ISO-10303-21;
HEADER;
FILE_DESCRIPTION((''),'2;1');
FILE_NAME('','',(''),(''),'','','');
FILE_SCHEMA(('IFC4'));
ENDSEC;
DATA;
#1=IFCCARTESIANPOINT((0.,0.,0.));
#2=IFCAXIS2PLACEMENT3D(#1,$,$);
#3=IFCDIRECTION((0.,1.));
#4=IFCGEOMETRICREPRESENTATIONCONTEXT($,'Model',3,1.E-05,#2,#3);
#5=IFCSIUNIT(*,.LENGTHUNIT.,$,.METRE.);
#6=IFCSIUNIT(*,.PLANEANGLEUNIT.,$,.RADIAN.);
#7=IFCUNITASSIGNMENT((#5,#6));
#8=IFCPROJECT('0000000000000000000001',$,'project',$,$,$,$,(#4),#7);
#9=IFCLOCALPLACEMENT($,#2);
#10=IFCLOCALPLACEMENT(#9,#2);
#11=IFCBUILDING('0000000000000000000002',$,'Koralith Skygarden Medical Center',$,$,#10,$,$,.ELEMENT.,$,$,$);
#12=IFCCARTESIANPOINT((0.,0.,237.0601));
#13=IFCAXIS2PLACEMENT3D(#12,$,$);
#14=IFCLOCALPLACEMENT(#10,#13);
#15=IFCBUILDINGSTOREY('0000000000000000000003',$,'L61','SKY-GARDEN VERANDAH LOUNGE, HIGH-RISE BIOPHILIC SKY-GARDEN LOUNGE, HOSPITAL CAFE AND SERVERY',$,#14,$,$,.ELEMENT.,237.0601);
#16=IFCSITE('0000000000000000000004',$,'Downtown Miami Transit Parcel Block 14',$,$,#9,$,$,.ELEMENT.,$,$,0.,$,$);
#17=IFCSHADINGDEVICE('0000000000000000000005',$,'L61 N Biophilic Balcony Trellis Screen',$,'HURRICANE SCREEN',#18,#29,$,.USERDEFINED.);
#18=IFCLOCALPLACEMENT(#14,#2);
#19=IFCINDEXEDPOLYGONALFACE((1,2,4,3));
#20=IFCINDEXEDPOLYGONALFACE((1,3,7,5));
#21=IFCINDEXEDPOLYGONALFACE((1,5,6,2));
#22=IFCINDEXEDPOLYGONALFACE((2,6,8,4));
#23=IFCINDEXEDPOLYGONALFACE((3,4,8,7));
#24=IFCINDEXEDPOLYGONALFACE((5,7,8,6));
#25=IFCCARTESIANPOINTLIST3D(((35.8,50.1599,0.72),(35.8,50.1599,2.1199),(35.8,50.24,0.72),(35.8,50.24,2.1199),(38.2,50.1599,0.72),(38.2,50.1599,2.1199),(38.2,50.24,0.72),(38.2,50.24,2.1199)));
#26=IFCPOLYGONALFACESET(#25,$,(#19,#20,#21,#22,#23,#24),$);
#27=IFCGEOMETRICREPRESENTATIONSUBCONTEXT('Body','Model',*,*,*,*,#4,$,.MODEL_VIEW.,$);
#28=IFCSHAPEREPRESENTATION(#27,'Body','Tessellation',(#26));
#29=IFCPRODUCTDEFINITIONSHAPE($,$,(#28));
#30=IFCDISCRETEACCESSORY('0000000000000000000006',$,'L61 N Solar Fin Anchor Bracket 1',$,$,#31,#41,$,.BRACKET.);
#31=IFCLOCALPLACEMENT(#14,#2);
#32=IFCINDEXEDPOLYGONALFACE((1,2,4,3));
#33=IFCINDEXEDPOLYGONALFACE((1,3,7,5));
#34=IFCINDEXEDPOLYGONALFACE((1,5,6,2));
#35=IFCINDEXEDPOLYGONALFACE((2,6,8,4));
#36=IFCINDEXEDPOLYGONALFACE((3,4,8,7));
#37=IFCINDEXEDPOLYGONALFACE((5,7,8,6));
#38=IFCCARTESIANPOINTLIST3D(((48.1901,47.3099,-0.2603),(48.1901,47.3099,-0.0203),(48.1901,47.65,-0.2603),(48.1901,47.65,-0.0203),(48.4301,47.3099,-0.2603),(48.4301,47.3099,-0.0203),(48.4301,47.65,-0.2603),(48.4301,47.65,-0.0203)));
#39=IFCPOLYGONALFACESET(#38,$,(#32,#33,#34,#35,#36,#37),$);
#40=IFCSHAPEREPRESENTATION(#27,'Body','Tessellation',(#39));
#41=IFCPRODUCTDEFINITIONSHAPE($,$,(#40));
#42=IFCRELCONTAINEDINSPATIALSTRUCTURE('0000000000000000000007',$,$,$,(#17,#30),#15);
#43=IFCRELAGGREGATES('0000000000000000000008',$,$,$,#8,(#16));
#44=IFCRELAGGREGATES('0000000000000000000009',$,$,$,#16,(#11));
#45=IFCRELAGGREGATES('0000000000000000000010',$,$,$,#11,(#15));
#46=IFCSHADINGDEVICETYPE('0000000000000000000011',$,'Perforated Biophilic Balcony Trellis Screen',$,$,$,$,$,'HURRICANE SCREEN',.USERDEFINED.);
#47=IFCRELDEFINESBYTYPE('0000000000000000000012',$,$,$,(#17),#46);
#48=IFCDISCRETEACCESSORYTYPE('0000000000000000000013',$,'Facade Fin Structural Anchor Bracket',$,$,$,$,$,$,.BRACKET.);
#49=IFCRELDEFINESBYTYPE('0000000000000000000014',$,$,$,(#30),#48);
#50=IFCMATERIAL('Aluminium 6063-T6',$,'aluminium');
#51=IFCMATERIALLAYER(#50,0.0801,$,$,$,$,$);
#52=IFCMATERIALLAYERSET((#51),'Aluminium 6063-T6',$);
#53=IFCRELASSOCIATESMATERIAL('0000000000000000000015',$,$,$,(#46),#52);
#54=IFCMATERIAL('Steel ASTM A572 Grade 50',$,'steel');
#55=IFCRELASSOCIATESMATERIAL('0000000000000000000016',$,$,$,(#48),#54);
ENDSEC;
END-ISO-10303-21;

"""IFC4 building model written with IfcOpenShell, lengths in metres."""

from ifc_helpers import new_model, si_unit, direction, frame, origin, origin_2d, place, context, subcontext, project, spatial, rectangle, extrude, material, layer, layer_set, type_object, element, save


model = new_model("IFC4")

# Units and contexts
model_context = context("Model", 3, precision=1e-05, world=origin(), true_north=direction((0.0, 1.0)))
body_context = subcontext(model_context, "Body", "Model", "MODEL_VIEW")
ifc_project = project(units=[si_unit("LENGTHUNIT", "METRE"), si_unit("PLANEANGLEUNIT", "RADIAN")], contexts=[model_context])

# Site, building, storey
site_placement = place(None, origin())
site = spatial("IfcSite", under=ifc_project, at=site_placement, Name="Downtown Miami Transit Parcel Block 14", CompositionType="ELEMENT", RefElevation=0.0)
building_placement = place(site_placement, origin())
building = spatial("IfcBuilding", under=site, at=building_placement, Name="Koralith Skygarden Medical Center", CompositionType="ELEMENT")
storey_placement = place(building_placement, frame((0.0, 0.0, 237.0601)))
storey = spatial("IfcBuildingStorey", under=building, at=storey_placement, Name="L61", Description="SKY-GARDEN VERANDAH LOUNGE, HIGH-RISE BIOPHILIC SKY-GARDEN LOUNGE, HOSPITAL CAFE AND SERVERY", CompositionType="ELEMENT", Elevation=237.0601)

# Shared definitions
ifc_material_1 = material(Name="Aluminium 6063-T6", Category="aluminium")

# Shading device
ifc_layer_1 = layer(ifc_material_1, 0.0801)
ifc_layer_set_1 = layer_set([ifc_layer_1], Name="Aluminium 6063-T6")
shading_device_type_1 = type_object("IfcShadingDeviceType", Name="Perforated Biophilic Balcony Trellis Screen", ElementType="HURRICANE SCREEN", PredefinedType="USERDEFINED", material=ifc_layer_set_1)
shading_device_1_placement = place(storey_placement, frame((37.0, 50.2, 0.72), z_axis=(0.0, 0.0, 1.0), x_axis=(1.0, 0.0, 0.0)))
element("IfcShadingDevice", 1, at=shading_device_1_placement, inside=storey, type_object=shading_device_type_1, Name="L61 N Biophilic Balcony Trellis Screen", ObjectType="HURRICANE SCREEN", PredefinedType="USERDEFINED", context=body_context, shape_type="SweptSolid", body=[
    extrude(rectangle(XDim=2.3999, YDim=0.0801, at=origin_2d()), origin(), (0.0, 0.0, 1.0), 1.3999),
])

# Discrete accessory
ifc_material_2 = material(Name="Steel ASTM A572 Grade 50", Category="steel")
discrete_accessory_type = type_object("IfcDiscreteAccessoryType", Name="Facade Fin Structural Anchor Bracket", PredefinedType="BRACKET", material=ifc_material_2)
discrete_accessory_placement = place(storey_placement, frame((48.3101, 47.48, -0.2603), z_axis=(0.0, 0.0, 1.0), x_axis=(0.0, 1.0, 0.0)))
element("IfcDiscreteAccessory", 2, at=discrete_accessory_placement, inside=storey, type_object=discrete_accessory_type, Name="L61 N Solar Fin Anchor Bracket 1", PredefinedType="BRACKET", context=body_context, shape_type="SweptSolid", body=[
    extrude(rectangle(XDim=0.3401, YDim=0.24, at=origin_2d()), origin(), (0.0, 0.0, 1.0), 0.24),
])

save(model, "model.ifc")
